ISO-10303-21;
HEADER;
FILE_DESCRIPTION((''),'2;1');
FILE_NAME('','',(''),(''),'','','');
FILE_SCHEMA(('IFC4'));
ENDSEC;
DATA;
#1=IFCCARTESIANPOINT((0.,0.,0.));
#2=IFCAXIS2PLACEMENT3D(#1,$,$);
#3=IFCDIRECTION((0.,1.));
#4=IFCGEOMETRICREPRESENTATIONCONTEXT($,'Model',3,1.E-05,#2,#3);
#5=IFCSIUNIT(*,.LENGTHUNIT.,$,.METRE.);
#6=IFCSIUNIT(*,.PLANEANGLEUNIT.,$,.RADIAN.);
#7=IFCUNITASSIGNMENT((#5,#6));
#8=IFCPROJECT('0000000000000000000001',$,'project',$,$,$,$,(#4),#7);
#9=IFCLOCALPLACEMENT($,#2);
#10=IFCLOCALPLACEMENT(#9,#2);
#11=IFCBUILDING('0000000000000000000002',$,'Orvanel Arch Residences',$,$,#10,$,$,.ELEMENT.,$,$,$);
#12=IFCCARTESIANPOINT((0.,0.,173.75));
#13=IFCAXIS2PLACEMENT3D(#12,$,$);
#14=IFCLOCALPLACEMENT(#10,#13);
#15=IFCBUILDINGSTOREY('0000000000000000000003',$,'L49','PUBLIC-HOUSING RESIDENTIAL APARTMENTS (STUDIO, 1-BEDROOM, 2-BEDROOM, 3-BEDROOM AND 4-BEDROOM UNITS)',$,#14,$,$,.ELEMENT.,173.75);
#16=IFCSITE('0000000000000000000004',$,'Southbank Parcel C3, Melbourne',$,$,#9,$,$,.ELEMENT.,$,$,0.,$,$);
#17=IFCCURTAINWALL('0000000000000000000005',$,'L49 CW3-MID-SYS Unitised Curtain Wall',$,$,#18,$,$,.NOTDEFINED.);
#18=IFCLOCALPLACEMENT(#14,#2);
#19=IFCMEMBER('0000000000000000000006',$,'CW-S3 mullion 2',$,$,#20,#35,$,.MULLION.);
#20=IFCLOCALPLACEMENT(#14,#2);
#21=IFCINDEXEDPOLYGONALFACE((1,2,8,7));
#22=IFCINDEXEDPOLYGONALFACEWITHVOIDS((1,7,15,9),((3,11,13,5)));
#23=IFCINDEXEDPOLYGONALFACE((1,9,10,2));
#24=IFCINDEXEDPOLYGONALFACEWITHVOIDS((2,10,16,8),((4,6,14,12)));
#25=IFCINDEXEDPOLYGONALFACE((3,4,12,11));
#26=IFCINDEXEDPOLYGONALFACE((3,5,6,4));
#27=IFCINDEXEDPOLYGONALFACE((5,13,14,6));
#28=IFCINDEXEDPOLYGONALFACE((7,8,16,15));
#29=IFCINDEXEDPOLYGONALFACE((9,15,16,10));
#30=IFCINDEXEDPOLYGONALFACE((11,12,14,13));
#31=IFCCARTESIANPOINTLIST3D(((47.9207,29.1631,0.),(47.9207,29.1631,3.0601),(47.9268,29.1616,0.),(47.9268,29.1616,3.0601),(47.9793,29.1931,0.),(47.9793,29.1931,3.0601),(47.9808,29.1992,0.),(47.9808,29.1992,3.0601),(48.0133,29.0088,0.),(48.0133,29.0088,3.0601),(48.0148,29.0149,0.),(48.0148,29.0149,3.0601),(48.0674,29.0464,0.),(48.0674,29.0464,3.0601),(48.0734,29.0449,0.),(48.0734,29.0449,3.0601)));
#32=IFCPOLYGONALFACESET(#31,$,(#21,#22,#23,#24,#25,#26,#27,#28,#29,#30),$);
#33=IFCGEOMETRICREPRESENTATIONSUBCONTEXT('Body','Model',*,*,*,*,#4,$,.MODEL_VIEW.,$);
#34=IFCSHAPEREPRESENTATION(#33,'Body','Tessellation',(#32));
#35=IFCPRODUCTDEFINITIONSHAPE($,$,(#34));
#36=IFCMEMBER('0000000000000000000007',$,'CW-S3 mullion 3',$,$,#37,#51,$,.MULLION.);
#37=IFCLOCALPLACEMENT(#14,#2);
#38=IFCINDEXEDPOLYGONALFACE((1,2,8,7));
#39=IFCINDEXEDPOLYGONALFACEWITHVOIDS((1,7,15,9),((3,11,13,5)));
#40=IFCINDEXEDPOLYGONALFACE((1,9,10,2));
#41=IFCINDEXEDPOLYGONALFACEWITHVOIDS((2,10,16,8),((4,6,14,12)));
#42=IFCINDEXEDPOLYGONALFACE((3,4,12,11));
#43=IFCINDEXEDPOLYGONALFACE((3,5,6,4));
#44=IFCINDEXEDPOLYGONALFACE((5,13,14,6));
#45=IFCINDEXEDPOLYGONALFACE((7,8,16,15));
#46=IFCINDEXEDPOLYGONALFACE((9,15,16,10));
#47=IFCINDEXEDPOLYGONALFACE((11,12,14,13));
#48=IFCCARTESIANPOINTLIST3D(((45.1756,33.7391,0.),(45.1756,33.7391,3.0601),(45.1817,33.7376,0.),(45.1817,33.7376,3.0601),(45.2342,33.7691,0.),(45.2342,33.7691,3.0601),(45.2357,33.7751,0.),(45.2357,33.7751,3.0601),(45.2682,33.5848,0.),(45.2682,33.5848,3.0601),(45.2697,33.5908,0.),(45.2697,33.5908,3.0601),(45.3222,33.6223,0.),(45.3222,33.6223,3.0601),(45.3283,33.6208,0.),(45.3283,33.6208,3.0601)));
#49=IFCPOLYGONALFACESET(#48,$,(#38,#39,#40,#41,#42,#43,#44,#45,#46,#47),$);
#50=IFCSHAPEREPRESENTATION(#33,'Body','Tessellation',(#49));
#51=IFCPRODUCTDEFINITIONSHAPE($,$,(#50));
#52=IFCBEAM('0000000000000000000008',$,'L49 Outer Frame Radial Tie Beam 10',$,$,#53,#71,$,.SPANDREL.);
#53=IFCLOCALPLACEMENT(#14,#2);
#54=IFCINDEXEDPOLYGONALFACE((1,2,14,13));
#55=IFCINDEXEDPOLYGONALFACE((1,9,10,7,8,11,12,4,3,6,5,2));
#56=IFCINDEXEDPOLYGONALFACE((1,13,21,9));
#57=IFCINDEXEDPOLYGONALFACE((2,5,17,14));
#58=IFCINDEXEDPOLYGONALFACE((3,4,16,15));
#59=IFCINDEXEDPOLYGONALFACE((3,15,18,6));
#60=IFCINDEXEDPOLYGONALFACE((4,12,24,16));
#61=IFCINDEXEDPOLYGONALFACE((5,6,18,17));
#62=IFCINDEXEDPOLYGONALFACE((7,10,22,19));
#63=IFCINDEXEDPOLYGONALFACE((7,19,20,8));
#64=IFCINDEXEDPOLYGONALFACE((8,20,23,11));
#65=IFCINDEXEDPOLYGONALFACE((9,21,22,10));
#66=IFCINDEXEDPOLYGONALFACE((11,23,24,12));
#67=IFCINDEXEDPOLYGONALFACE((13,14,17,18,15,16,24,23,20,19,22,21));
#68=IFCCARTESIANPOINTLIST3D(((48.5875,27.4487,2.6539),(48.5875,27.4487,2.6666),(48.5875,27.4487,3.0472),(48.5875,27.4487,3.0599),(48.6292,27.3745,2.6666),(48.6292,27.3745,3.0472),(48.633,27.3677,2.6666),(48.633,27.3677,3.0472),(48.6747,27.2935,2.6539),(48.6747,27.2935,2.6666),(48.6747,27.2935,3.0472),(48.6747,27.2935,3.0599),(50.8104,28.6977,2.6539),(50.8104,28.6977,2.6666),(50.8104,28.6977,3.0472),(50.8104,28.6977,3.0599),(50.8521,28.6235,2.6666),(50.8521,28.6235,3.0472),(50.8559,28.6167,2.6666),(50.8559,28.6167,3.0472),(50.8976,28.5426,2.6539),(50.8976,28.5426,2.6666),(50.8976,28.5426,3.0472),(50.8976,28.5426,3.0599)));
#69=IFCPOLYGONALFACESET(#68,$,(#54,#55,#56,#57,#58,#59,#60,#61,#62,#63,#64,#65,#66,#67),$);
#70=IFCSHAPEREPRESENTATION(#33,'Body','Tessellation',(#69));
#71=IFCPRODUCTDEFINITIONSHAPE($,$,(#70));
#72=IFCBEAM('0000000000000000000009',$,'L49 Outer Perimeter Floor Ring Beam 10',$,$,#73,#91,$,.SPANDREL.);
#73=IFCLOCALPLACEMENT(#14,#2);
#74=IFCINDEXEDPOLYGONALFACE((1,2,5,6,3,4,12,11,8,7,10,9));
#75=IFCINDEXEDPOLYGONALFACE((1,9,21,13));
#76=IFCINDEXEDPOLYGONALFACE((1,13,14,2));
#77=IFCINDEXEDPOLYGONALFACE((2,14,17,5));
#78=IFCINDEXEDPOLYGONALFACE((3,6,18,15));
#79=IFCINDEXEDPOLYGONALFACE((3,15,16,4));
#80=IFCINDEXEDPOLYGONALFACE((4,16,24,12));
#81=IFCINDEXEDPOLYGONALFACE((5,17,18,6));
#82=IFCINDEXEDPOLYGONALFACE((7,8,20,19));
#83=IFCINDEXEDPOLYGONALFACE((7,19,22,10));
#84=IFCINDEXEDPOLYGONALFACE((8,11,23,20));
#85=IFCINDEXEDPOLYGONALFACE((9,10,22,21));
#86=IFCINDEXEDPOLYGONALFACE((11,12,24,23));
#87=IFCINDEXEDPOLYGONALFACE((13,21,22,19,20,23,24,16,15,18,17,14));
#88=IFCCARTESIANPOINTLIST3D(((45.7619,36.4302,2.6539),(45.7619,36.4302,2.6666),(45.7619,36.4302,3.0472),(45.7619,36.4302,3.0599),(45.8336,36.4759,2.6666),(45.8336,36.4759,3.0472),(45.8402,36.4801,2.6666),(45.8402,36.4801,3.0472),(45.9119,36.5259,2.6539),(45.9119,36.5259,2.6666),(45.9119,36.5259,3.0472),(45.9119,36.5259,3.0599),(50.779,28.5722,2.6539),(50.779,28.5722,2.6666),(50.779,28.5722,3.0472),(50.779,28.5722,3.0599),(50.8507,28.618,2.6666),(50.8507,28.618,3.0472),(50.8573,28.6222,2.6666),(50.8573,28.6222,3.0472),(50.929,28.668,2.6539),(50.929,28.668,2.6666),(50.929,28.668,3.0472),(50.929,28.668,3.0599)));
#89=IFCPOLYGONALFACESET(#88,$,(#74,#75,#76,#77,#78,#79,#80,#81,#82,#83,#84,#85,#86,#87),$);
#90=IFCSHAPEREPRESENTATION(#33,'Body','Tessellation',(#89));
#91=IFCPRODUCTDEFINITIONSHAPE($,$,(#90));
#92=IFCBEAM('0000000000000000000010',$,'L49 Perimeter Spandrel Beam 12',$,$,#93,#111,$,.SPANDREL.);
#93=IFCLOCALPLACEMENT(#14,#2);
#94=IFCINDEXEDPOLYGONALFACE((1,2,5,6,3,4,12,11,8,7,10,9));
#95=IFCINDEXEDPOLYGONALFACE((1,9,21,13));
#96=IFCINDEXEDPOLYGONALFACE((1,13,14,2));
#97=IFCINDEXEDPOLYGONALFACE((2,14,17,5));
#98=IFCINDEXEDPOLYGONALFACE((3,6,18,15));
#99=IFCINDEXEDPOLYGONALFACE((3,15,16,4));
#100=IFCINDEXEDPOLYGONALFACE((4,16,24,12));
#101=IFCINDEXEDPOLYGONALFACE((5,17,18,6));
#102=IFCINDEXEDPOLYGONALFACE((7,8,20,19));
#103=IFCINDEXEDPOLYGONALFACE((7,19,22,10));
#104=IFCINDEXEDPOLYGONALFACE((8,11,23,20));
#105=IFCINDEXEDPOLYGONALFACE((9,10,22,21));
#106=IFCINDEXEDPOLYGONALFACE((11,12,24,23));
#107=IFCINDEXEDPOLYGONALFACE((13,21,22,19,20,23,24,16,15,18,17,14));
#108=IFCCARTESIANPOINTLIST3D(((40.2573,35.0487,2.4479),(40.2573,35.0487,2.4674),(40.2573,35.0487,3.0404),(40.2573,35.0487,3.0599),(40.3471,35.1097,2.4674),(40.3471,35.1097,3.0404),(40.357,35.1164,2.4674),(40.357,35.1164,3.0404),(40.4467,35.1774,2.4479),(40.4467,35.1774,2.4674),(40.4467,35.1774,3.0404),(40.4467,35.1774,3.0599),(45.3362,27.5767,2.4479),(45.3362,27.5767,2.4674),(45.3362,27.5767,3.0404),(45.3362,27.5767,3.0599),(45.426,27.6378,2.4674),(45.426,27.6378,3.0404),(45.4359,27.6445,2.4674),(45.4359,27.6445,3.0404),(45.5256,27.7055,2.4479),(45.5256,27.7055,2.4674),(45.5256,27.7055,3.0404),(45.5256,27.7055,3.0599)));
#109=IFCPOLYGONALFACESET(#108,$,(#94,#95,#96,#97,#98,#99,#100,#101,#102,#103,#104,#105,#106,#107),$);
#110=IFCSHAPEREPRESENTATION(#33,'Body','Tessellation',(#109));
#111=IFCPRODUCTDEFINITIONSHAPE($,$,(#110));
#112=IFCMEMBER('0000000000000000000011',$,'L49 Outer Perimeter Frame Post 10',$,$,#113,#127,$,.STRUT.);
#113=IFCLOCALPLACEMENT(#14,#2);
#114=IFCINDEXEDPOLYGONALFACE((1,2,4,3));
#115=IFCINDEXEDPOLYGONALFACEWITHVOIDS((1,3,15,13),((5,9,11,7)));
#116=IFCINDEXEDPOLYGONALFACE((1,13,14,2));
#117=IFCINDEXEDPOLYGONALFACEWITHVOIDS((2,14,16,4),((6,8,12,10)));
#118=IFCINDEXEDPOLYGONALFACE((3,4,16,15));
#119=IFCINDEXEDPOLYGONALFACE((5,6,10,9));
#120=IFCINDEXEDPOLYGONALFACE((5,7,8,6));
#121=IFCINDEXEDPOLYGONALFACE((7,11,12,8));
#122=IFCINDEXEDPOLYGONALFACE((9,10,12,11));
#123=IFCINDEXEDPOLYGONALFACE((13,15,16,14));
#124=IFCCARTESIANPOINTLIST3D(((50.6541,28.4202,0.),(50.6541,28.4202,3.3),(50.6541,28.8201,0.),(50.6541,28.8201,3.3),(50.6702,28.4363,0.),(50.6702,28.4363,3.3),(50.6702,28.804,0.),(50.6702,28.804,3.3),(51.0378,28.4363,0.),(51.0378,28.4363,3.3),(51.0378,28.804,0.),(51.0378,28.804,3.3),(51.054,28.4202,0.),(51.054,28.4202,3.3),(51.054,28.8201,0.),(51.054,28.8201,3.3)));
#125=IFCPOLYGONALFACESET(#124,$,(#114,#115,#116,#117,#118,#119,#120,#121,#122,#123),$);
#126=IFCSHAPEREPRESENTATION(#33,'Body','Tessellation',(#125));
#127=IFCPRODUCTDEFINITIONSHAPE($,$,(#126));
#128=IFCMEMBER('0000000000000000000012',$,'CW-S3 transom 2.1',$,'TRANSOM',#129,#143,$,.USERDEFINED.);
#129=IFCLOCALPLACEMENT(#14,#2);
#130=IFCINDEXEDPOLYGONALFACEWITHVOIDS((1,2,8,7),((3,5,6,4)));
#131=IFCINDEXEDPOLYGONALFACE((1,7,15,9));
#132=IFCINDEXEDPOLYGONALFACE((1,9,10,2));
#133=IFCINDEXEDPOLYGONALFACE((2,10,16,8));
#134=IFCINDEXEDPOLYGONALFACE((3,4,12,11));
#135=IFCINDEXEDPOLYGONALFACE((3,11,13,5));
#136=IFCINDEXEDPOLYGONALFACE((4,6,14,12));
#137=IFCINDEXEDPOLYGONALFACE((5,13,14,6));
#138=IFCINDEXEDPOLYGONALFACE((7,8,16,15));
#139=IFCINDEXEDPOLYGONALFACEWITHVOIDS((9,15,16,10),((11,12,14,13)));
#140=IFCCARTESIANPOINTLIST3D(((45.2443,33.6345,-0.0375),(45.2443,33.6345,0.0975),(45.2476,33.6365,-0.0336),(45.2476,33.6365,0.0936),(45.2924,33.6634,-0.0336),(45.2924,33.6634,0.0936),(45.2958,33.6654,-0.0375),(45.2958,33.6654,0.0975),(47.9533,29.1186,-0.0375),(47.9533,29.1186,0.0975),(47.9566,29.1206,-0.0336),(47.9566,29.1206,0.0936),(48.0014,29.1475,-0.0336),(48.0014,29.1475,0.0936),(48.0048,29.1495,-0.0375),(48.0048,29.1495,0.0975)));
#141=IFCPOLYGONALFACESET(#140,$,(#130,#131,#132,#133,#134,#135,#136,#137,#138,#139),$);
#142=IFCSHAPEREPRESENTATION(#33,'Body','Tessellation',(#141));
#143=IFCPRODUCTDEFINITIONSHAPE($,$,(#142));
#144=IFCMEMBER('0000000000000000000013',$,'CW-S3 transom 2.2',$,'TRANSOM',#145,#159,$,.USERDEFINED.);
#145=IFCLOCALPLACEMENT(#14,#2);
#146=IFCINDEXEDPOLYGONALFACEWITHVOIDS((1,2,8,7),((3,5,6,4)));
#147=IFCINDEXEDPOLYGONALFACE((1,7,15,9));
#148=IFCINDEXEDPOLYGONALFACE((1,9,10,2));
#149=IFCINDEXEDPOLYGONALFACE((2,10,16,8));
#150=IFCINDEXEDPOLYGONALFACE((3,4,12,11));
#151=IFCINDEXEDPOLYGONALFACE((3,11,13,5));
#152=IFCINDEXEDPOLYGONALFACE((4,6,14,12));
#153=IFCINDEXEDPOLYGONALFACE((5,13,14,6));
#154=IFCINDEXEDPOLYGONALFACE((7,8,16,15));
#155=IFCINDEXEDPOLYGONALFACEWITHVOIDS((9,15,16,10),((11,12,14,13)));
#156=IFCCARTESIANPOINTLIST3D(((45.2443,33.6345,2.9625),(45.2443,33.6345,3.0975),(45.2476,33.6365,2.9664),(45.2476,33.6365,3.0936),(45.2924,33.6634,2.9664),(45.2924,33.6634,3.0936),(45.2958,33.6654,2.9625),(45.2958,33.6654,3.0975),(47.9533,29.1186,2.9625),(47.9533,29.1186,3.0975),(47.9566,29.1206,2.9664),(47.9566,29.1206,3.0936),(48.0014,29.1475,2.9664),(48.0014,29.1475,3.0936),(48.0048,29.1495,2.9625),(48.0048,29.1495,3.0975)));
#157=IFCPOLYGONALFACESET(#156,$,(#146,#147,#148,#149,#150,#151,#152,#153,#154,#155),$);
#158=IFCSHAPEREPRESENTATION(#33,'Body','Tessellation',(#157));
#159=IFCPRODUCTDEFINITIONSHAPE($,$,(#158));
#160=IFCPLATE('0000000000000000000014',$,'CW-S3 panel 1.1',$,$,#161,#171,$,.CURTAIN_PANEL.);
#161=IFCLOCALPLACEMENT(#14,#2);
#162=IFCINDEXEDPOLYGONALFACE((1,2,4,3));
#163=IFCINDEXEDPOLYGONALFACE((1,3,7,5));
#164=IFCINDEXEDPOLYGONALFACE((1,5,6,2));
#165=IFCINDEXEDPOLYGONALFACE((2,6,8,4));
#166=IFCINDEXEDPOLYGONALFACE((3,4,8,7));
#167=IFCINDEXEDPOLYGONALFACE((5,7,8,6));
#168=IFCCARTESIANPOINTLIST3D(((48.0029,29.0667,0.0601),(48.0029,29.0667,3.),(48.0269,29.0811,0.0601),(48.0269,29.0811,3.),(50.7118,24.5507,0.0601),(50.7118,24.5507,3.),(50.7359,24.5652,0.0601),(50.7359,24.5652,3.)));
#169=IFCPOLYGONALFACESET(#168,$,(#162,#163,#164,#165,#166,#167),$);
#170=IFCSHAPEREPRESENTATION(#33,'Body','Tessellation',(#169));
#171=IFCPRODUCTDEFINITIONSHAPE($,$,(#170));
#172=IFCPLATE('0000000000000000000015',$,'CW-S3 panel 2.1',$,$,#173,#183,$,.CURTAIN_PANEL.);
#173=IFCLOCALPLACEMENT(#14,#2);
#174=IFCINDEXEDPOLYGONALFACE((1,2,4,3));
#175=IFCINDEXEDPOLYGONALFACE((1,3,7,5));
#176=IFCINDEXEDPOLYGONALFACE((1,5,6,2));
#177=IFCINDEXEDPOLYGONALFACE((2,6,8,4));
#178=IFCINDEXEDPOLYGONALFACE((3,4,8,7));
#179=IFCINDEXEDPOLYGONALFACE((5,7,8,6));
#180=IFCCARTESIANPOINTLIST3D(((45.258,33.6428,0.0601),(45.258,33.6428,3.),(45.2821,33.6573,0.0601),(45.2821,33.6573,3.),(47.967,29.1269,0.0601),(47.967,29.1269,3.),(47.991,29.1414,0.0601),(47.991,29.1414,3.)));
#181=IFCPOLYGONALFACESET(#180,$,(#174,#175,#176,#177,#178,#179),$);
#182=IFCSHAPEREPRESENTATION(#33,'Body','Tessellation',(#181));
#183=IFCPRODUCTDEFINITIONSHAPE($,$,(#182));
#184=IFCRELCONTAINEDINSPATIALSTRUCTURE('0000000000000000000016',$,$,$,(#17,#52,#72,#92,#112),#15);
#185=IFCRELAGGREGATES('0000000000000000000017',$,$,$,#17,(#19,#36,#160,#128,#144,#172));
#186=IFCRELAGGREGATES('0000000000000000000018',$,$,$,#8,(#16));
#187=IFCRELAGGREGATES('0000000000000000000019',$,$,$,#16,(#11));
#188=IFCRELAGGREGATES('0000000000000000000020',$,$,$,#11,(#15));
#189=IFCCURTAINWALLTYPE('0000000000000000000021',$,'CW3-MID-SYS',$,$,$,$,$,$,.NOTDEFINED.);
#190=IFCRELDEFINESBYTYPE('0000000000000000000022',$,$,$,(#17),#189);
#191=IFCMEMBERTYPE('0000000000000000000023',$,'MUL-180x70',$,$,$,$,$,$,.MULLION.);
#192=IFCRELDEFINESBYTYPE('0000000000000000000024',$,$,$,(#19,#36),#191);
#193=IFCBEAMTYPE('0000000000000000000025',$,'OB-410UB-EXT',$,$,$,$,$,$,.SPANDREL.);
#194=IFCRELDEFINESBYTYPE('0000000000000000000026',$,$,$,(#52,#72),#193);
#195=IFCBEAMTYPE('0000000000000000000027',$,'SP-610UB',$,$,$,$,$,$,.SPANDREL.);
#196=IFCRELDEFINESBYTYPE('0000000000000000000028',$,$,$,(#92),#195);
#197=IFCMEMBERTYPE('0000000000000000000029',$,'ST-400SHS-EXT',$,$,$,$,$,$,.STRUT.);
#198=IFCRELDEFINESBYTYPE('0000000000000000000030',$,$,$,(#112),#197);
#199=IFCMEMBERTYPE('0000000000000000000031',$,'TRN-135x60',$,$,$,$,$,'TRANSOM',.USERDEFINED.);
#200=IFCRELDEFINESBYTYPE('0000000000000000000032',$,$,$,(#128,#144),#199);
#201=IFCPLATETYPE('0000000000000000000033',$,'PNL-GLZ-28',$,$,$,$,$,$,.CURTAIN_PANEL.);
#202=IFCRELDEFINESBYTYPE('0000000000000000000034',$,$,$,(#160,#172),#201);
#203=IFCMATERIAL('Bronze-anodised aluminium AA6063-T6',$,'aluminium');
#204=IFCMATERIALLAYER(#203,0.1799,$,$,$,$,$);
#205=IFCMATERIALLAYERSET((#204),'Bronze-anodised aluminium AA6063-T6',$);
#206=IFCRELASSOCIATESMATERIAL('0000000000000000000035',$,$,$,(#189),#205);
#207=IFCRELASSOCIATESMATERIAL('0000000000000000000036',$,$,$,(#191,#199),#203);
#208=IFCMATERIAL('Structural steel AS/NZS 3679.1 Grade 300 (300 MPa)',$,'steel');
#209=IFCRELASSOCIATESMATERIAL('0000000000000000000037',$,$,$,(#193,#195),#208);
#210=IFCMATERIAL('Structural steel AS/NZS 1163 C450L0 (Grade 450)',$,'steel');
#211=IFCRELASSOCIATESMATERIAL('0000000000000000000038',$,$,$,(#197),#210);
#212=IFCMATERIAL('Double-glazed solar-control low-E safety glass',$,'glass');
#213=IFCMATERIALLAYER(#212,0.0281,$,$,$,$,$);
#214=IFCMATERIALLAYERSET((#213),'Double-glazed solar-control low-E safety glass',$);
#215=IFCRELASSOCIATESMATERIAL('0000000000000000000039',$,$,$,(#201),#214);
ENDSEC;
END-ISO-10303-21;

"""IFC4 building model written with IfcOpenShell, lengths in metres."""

from ifc_helpers import new_model, si_unit, direction, frame, origin, origin_2d, place, context, subcontext, project, spatial, rectangle, hollow_rectangle, i_section, extrude, material, layer, layer_set, material_profile, profile_set, type_object, element, aggregate, save


model = new_model("IFC4")

# Units and contexts
model_context = context("Model", 3, precision=1e-05, world=origin(), true_north=direction((0.0, 1.0)))
body_context = subcontext(model_context, "Body", "Model", "MODEL_VIEW")
ifc_project = project(units=[si_unit("LENGTHUNIT", "METRE"), si_unit("PLANEANGLEUNIT", "RADIAN")], contexts=[model_context])

# Site, building, storey
site_placement = place(None, origin())
site = spatial("IfcSite", under=ifc_project, at=site_placement, Name="Southbank Parcel C3, Melbourne", CompositionType="ELEMENT", RefElevation=0.0)
building_placement = place(site_placement, origin())
building = spatial("IfcBuilding", under=site, at=building_placement, Name="Orvanel Arch Residences", CompositionType="ELEMENT")
storey_placement = place(building_placement, frame((0.0, 0.0, 173.75)))
storey = spatial("IfcBuildingStorey", under=building, at=storey_placement, Name="L49", Description="PUBLIC-HOUSING RESIDENTIAL APARTMENTS (STUDIO, 1-BEDROOM, 2-BEDROOM, 3-BEDROOM AND 4-BEDROOM UNITS)", CompositionType="ELEMENT", Elevation=173.75)

# Shared definitions
ifc_material_1 = material(Name="Structural steel AS/NZS 1163 C450L0 (Grade 450)", Category="steel")

# Shared definitions
ifc_material_2 = material(Name="Structural steel AS/NZS 3679.1 Grade 300 (300 MPa)", Category="steel")

# Curtain wall, members
ifc_material_3 = material(Name="Bronze-anodised aluminium AA6063-T6", Category="aluminium")
ifc_layer_1 = layer(ifc_material_3, 0.1799)
ifc_layer_set_1 = layer_set([ifc_layer_1], Name="Bronze-anodised aluminium AA6063-T6")
curtain_wall_type = type_object("IfcCurtainWallType", Name="CW3-MID-SYS", PredefinedType="NOTDEFINED", material=ifc_layer_set_1)
curtain_wall_placement = place(storey_placement, origin())
curtain_wall = element("IfcCurtainWall", 1, at=curtain_wall_placement, inside=storey, type_object=curtain_wall_type, Name="L49 CW3-MID-SYS Unitised Curtain Wall", PredefinedType="NOTDEFINED")
ifc_material_profile_1 = material_profile(ifc_material_3, hollow_rectangle(XDim=0.0701, YDim=0.1799, WallThickness=0.0044, at=origin_2d()), Name="ALU180x70x4.5")
ifc_profile_set_1 = profile_set([ifc_material_profile_1], Name="Bronze-anodised aluminium AA6063-T6")
member_type_1 = type_object("IfcMemberType", Name="MUL-180x70", PredefinedType="MULLION", material=ifc_profile_set_1)
member_1_placement = place(storey_placement, frame((47.9971, 29.104, 0.0), z_axis=(0.0, 0.0, 1.0), x_axis=(-0.857542, -0.514414, 0.0)))
member_1 = element("IfcMember", 2, at=member_1_placement, type_object=member_type_1, Name="CW-S3 mullion 2", PredefinedType="MULLION", context=body_context, shape_type="SweptSolid", body=[
    extrude(hollow_rectangle(XDim=0.0701, YDim=0.1799, WallThickness=0.0044, at=origin_2d()), origin(), (0.0, 0.0, 1.0), 3.0601),
])
member_2_placement = place(storey_placement, frame((45.252, 33.6799, 0.0), z_axis=(0.0, 0.0, 1.0), x_axis=(-0.857542, -0.514414, 0.0)))
member_2 = element("IfcMember", 3, at=member_2_placement, type_object=member_type_1, Name="CW-S3 mullion 3", PredefinedType="MULLION", context=body_context, shape_type="SweptSolid", body=[
    extrude(hollow_rectangle(XDim=0.0701, YDim=0.1799, WallThickness=0.0044, at=origin_2d()), origin(), (0.0, 0.0, 1.0), 3.0601),
])

# Beams
ifc_material_profile_2 = material_profile(ifc_material_2, i_section(OverallWidth=0.178, OverallDepth=0.406, WebThickness=0.0078, FlangeThickness=0.0127, at=origin_2d()), Name="410UB59.7")
ifc_profile_set_2 = profile_set([ifc_material_profile_2], Name="Structural steel AS/NZS 3679.1 Grade 300 (300 MPa)")
beam_type_1 = type_object("IfcBeamType", Name="OB-410UB-EXT", PredefinedType="SPANDREL", material=ifc_profile_set_2)
beam_1_placement = place(storey_placement, frame((48.6311, 27.3711, 2.8569), z_axis=(0.871803, 0.489857, 0.0), x_axis=(-0.489857, 0.871803, 0.0)))
element("IfcBeam", 4, at=beam_1_placement, inside=storey, type_object=beam_type_1, Name="L49 Outer Frame Radial Tie Beam 10", PredefinedType="SPANDREL", context=body_context, shape_type="SweptSolid", body=[
    extrude(i_section(OverallWidth=0.178, OverallDepth=0.406, WebThickness=0.0078, FlangeThickness=0.0127, at=origin_2d()), origin(), (0.0, 0.0, 1.0), 2.5498),
])
beam_2_placement = place(storey_placement, frame((50.854, 28.6201, 2.8569), z_axis=(-0.538142, 0.842854, 0.0), x_axis=(-0.842854, -0.538142, 0.0)))
element("IfcBeam", 5, at=beam_2_placement, inside=storey, type_object=beam_type_1, Name="L49 Outer Perimeter Floor Ring Beam 10", PredefinedType="SPANDREL", context=body_context, shape_type="SweptSolid", body=[
    extrude(i_section(OverallWidth=0.178, OverallDepth=0.406, WebThickness=0.0078, FlangeThickness=0.0127, at=origin_2d()), origin(), (0.0, 0.0, 1.0), 9.323),
])
ifc_material_profile_3 = material_profile(ifc_material_2, i_section(OverallWidth=0.229, OverallDepth=0.6121, WebThickness=0.012, FlangeThickness=0.0195, at=origin_2d()), Name="610UB125")
ifc_profile_set_3 = profile_set([ifc_material_profile_3], Name="Structural steel AS/NZS 3679.1 Grade 300 (300 MPa)")
beam_type_2 = type_object("IfcBeamType", Name="SP-610UB", PredefinedType="SPANDREL", material=ifc_profile_set_3)
beam_3_placement = place(storey_placement, frame((45.4309, 27.6411, 2.7539), z_axis=(-0.562155, 0.827032, 0.0), x_axis=(-0.827032, -0.562155, 0.0)))
element("IfcBeam", 6, at=beam_3_placement, inside=storey, type_object=beam_type_2, Name="L49 Perimeter Spandrel Beam 12", PredefinedType="SPANDREL", context=body_context, shape_type="SweptSolid", body=[
    extrude(i_section(OverallWidth=0.229, OverallDepth=0.6121, WebThickness=0.012, FlangeThickness=0.0195, at=origin_2d()), origin(), (0.0, 0.0, 1.0), 9.0347),
])

# Members
ifc_material_profile_4 = material_profile(ifc_material_1, hollow_rectangle(XDim=0.3999, YDim=0.3999, WallThickness=0.0161, at=origin_2d()), Name="SHS400x400x16")
ifc_profile_set_4 = profile_set([ifc_material_profile_4], Name="Structural steel AS/NZS 1163 C450L0 (Grade 450)")
member_type_2 = type_object("IfcMemberType", Name="ST-400SHS-EXT", PredefinedType="STRUT", material=ifc_profile_set_4)
member_3_placement = place(storey_placement, frame((50.854, 28.6201, 0.0), z_axis=(0.0, 0.0, 1.0), x_axis=(1.0, 0.0, 0.0)))
element("IfcMember", 7, at=member_3_placement, inside=storey, type_object=member_type_2, Name="L49 Outer Perimeter Frame Post 10", PredefinedType="STRUT", context=body_context, shape_type="SweptSolid", body=[
    extrude(hollow_rectangle(XDim=0.3999, YDim=0.3999, WallThickness=0.0161, at=origin_2d()), origin(), (0.0, 0.0, 1.0), 3.3),
])
ifc_material_profile_5 = material_profile(ifc_material_3, hollow_rectangle(XDim=0.0601, YDim=0.135, WallThickness=0.0039, at=origin_2d()), Name="ALU135x60x4")
ifc_profile_set_5 = profile_set([ifc_material_profile_5], Name="Bronze-anodised aluminium AA6063-T6")
member_type_3 = type_object("IfcMemberType", Name="TRN-135x60", ElementType="TRANSOM", PredefinedType="USERDEFINED", material=ifc_profile_set_5)
member_4_placement = place(storey_placement, frame((47.979, 29.134, 0.03), z_axis=(-0.514421, 0.857538, 0.0), x_axis=(-0.857538, -0.514421, 0.0)))
member_4 = element("IfcMember", 8, at=member_4_placement, type_object=member_type_3, Name="CW-S3 transom 2.1", ObjectType="TRANSOM", PredefinedType="USERDEFINED", context=body_context, shape_type="SweptSolid", body=[
    extrude(hollow_rectangle(XDim=0.0601, YDim=0.135, WallThickness=0.0039, at=origin_2d()), origin(), (0.0, 0.0, 1.0), 5.2661),
])
member_5_placement = place(storey_placement, frame((47.979, 29.134, 3.03), z_axis=(-0.514421, 0.857538, 0.0), x_axis=(-0.857538, -0.514421, 0.0)))
member_5 = element("IfcMember", 9, at=member_5_placement, type_object=member_type_3, Name="CW-S3 transom 2.2", ObjectType="TRANSOM", PredefinedType="USERDEFINED", context=body_context, shape_type="SweptSolid", body=[
    extrude(hollow_rectangle(XDim=0.0601, YDim=0.135, WallThickness=0.0039, at=origin_2d()), origin(), (0.0, 0.0, 1.0), 5.2661),
])

# Plates
ifc_material_4 = material(Name="Double-glazed solar-control low-E safety glass", Category="glass")
ifc_layer_2 = layer(ifc_material_4, 0.0281)
ifc_layer_set_2 = layer_set([ifc_layer_2], Name="Double-glazed solar-control low-E safety glass")
plate_type = type_object("IfcPlateType", Name="PNL-GLZ-28", PredefinedType="CURTAIN_PANEL", material=ifc_layer_set_2)
plate_1_placement = place(storey_placement, frame((49.3694, 26.8159, 0.0601), z_axis=(0.0, 0.0, 1.0), x_axis=(-0.514414, 0.857542, 0.0)))
plate_1 = element("IfcPlate", 10, at=plate_1_placement, type_object=plate_type, Name="CW-S3 panel 1.1", PredefinedType="CURTAIN_PANEL", context=body_context, shape_type="SweptSolid", body=[
    extrude(rectangle(XDim=5.2661, YDim=0.0281, at=origin_2d()), origin(), (0.0, 0.0, 1.0), 2.9399),
])
plate_2_placement = place(storey_placement, frame((46.6245, 31.3921, 0.0601), z_axis=(0.0, 0.0, 1.0), x_axis=(-0.514414, 0.857542, 0.0)))
plate_2 = element("IfcPlate", 11, at=plate_2_placement, type_object=plate_type, Name="CW-S3 panel 2.1", PredefinedType="CURTAIN_PANEL", context=body_context, shape_type="SweptSolid", body=[
    extrude(rectangle(XDim=5.2661, YDim=0.0281, at=origin_2d()), origin(), (0.0, 0.0, 1.0), 2.9399),
])
aggregate(curtain_wall, [member_1, member_2, plate_1, member_4, member_5, plate_2])

save(model, "model.ifc")
